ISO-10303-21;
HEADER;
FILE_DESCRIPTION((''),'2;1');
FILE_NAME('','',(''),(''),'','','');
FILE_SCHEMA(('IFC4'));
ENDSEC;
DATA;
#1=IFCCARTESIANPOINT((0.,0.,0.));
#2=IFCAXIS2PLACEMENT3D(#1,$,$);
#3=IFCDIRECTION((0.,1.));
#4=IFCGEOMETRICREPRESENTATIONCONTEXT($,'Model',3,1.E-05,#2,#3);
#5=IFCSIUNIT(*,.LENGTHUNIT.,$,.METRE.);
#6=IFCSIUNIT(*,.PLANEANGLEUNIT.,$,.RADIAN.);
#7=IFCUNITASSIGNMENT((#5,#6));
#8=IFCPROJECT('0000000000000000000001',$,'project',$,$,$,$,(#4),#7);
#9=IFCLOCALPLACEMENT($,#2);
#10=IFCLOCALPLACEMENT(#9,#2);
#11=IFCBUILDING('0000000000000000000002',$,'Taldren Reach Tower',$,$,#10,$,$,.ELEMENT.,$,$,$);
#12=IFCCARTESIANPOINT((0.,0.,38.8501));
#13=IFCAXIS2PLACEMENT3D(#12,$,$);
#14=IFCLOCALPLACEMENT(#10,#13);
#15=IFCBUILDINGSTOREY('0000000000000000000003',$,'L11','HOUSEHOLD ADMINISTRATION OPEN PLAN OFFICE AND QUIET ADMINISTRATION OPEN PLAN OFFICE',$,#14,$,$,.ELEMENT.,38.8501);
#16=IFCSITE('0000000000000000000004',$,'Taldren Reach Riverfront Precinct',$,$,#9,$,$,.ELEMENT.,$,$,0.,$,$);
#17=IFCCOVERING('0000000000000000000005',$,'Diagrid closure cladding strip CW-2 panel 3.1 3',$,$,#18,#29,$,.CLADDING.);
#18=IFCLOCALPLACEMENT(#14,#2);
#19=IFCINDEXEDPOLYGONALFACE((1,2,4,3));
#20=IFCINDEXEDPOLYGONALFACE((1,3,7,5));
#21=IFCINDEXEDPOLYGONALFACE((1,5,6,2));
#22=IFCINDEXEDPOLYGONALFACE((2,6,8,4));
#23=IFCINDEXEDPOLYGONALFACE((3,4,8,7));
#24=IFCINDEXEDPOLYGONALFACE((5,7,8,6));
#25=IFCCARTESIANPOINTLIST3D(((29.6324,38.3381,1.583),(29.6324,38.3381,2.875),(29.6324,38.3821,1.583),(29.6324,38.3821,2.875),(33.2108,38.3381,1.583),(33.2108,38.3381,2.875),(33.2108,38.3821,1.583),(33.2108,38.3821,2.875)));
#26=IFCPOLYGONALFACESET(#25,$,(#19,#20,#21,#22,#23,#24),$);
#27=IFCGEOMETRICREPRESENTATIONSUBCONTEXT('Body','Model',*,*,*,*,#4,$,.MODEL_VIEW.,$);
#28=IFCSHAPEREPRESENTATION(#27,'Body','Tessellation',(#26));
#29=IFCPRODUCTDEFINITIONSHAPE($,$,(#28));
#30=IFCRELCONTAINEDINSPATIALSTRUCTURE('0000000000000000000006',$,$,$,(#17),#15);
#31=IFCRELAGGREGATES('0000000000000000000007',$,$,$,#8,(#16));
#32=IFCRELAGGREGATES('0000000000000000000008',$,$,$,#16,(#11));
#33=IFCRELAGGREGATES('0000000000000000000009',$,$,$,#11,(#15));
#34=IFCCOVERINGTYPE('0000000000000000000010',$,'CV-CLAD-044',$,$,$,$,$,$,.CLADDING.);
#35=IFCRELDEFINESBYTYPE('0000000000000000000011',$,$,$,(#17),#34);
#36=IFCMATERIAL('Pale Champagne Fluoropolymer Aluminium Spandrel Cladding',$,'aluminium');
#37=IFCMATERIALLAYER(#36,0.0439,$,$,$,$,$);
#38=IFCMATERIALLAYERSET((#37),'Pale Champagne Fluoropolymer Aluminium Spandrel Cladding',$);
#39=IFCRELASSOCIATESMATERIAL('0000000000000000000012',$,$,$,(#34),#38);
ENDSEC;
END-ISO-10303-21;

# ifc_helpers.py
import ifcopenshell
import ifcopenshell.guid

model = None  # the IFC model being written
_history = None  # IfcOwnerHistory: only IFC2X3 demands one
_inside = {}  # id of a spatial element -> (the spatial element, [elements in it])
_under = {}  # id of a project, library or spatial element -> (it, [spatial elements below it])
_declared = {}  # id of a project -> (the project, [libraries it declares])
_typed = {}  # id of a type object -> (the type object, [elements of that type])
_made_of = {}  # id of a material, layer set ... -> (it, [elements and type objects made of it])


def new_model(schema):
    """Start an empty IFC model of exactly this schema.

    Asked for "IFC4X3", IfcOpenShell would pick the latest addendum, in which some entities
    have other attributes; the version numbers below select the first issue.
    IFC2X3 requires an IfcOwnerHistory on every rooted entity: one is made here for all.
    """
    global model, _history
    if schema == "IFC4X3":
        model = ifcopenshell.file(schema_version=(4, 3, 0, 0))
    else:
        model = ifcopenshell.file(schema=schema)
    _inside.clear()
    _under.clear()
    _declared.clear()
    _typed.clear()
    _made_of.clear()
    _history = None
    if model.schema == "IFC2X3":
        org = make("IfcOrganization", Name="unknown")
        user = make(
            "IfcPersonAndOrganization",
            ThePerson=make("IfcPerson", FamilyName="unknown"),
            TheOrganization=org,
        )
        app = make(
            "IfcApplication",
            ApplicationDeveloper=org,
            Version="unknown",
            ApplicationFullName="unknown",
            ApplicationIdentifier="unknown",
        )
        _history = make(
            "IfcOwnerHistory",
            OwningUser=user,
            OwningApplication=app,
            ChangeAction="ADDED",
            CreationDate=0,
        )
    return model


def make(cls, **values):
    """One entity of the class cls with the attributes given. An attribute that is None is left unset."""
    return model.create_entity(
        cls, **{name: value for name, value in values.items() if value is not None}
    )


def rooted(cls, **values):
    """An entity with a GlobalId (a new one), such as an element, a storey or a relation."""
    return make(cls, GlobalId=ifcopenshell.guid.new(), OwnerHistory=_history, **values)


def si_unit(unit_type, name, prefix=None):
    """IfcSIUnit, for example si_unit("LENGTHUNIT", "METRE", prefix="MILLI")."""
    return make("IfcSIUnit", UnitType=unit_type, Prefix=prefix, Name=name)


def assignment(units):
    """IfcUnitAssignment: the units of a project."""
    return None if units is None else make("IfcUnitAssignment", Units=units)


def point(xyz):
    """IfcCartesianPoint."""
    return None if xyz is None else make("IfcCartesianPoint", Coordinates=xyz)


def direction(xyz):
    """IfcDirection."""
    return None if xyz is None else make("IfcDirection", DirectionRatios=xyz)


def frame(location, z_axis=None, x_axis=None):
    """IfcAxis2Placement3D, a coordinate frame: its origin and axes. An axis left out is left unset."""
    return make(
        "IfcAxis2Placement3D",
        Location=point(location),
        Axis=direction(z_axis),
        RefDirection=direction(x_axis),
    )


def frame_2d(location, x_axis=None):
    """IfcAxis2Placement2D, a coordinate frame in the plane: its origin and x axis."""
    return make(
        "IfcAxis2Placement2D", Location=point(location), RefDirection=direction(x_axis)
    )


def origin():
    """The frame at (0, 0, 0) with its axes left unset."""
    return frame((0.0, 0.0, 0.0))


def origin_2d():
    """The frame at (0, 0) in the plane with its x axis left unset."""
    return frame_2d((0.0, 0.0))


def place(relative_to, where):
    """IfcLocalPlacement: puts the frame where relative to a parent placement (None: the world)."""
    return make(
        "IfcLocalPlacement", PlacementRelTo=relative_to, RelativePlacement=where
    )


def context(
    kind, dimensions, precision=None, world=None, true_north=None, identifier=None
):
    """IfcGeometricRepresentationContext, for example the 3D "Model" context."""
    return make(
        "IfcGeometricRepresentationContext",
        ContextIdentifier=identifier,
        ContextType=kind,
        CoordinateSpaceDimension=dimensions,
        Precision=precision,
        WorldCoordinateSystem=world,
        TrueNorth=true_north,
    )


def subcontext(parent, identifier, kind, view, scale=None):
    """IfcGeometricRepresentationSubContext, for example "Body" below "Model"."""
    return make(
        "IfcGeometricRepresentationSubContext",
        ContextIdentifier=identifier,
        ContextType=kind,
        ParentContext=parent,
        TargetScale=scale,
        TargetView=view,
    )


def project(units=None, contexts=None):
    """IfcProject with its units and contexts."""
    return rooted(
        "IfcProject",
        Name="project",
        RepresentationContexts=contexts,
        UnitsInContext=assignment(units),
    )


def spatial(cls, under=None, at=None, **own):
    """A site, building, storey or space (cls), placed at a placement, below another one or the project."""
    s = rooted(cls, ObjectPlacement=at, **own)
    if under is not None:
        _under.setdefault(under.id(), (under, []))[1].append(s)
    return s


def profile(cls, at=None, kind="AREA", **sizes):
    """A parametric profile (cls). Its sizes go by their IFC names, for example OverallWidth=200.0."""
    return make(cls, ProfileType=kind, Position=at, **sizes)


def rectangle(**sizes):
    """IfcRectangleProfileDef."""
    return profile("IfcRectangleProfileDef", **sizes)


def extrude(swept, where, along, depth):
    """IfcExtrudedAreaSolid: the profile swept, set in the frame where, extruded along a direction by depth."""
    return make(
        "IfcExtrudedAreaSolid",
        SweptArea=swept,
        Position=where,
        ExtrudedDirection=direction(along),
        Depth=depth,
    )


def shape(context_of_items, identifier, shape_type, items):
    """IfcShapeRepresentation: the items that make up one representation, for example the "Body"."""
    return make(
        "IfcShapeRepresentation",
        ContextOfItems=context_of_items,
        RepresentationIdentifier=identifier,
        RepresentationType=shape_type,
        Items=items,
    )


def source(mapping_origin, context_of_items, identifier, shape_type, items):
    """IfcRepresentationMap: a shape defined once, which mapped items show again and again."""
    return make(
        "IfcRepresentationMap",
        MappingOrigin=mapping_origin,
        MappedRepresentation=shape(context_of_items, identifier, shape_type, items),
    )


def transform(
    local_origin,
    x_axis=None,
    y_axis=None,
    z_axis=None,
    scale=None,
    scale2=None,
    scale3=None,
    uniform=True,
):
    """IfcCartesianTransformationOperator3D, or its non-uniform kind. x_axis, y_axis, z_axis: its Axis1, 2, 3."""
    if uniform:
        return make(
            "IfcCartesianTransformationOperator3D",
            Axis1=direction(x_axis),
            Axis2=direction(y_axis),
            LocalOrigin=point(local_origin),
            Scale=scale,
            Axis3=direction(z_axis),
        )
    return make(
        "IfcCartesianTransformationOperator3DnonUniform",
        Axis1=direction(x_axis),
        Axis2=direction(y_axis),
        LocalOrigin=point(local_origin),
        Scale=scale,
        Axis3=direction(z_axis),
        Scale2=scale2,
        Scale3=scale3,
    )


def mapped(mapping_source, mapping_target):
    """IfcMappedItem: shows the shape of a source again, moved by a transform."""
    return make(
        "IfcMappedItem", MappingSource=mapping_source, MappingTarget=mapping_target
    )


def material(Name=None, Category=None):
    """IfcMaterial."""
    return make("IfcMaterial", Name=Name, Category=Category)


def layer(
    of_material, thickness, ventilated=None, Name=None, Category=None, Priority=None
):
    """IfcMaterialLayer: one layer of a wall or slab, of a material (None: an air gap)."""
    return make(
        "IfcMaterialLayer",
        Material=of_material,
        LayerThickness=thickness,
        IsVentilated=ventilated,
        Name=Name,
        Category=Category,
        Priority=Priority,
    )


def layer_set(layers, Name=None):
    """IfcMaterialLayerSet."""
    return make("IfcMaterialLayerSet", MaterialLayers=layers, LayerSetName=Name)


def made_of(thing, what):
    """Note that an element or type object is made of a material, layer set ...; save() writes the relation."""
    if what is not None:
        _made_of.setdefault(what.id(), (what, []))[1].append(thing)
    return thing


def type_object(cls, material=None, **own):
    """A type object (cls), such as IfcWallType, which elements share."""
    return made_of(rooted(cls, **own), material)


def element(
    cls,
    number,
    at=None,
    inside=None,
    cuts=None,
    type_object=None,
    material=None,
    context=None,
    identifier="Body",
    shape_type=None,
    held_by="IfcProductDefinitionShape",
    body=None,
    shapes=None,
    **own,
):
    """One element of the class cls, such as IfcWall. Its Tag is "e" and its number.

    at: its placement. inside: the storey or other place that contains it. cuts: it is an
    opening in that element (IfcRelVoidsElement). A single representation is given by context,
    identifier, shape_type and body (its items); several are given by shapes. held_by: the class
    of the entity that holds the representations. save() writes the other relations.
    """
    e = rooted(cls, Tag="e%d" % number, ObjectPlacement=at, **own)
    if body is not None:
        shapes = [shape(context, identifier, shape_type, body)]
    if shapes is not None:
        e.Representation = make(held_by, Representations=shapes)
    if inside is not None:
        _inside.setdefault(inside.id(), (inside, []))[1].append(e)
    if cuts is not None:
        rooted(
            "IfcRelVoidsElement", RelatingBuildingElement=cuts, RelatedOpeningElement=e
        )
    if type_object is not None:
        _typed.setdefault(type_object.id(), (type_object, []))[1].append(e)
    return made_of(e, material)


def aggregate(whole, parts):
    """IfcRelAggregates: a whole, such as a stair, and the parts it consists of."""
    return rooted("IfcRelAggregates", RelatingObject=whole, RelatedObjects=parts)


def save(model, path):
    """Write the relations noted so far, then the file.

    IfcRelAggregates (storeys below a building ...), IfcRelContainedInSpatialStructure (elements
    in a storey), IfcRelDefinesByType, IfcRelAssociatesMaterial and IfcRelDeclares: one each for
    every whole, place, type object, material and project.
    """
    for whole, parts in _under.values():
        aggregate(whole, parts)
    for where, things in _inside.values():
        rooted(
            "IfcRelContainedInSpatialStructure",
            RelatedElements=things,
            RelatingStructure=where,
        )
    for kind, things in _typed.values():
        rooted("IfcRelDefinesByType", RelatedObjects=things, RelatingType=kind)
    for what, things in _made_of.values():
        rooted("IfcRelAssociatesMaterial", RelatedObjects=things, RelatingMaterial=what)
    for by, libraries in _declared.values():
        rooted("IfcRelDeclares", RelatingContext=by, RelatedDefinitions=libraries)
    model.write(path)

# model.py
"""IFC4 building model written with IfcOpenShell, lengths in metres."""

from ifc_helpers import new_model, si_unit, direction, frame, origin, origin_2d, place, context, subcontext, project, spatial, rectangle, extrude, source, transform, mapped, material, layer, layer_set, type_object, element, save


model = new_model("IFC4")

# Units and contexts
model_context = context("Model", 3, precision=1e-05, world=origin(), true_north=direction((0.0, 1.0)))
body_context = subcontext(model_context, "Body", "Model", "MODEL_VIEW")
ifc_project = project(units=[si_unit("LENGTHUNIT", "METRE"), si_unit("PLANEANGLEUNIT", "RADIAN")], contexts=[model_context])

# Site, building, storey
site_placement = place(None, origin())
site = spatial("IfcSite", under=ifc_project, at=site_placement, Name="Taldren Reach Riverfront Precinct", CompositionType="ELEMENT", RefElevation=0.0)
building_placement = place(site_placement, origin())
building = spatial("IfcBuilding", under=site, at=building_placement, Name="Taldren Reach Tower", CompositionType="ELEMENT")
storey_placement = place(building_placement, frame((0.0, 0.0, 38.8501)))
storey = spatial("IfcBuildingStorey", under=building, at=storey_placement, Name="L11", Description="HOUSEHOLD ADMINISTRATION OPEN PLAN OFFICE AND QUIET ADMINISTRATION OPEN PLAN OFFICE", CompositionType="ELEMENT", Elevation=38.8501)

# Covering
ifc_material_1 = material(Name="Pale Champagne Fluoropolymer Aluminium Spandrel Cladding", Category="aluminium")
ifc_layer_1 = layer(ifc_material_1, 0.0439)
ifc_layer_set_1 = layer_set([ifc_layer_1], Name="Pale Champagne Fluoropolymer Aluminium Spandrel Cladding")
covering_type = type_object("IfcCoveringType", Name="CV-CLAD-044", PredefinedType="CLADDING", material=ifc_layer_set_1)
shared_shape_1 = source(origin(), body_context, "Body", "SweptSolid", [
    extrude(rectangle(XDim=3.5784, YDim=0.0439, at=origin_2d()), origin(), (0.0, 0.0, 1.0), 1.292),
])
covering_placement = place(storey_placement, frame((31.4216, 38.3601, 1.583), z_axis=(0.0, 0.0, 1.0), x_axis=(-1.0, 0.0, 0.0)))
element("IfcCovering", 1, at=covering_placement, inside=storey, type_object=covering_type, Name="Diagrid closure cladding strip CW-2 panel 3.1 3", PredefinedType="CLADDING", context=body_context, shape_type="MappedRepresentation", body=[
    mapped(shared_shape_1, transform((0.0, 0.0, 0.0), scale=1.0)),
])

save(model, "model.ifc")
